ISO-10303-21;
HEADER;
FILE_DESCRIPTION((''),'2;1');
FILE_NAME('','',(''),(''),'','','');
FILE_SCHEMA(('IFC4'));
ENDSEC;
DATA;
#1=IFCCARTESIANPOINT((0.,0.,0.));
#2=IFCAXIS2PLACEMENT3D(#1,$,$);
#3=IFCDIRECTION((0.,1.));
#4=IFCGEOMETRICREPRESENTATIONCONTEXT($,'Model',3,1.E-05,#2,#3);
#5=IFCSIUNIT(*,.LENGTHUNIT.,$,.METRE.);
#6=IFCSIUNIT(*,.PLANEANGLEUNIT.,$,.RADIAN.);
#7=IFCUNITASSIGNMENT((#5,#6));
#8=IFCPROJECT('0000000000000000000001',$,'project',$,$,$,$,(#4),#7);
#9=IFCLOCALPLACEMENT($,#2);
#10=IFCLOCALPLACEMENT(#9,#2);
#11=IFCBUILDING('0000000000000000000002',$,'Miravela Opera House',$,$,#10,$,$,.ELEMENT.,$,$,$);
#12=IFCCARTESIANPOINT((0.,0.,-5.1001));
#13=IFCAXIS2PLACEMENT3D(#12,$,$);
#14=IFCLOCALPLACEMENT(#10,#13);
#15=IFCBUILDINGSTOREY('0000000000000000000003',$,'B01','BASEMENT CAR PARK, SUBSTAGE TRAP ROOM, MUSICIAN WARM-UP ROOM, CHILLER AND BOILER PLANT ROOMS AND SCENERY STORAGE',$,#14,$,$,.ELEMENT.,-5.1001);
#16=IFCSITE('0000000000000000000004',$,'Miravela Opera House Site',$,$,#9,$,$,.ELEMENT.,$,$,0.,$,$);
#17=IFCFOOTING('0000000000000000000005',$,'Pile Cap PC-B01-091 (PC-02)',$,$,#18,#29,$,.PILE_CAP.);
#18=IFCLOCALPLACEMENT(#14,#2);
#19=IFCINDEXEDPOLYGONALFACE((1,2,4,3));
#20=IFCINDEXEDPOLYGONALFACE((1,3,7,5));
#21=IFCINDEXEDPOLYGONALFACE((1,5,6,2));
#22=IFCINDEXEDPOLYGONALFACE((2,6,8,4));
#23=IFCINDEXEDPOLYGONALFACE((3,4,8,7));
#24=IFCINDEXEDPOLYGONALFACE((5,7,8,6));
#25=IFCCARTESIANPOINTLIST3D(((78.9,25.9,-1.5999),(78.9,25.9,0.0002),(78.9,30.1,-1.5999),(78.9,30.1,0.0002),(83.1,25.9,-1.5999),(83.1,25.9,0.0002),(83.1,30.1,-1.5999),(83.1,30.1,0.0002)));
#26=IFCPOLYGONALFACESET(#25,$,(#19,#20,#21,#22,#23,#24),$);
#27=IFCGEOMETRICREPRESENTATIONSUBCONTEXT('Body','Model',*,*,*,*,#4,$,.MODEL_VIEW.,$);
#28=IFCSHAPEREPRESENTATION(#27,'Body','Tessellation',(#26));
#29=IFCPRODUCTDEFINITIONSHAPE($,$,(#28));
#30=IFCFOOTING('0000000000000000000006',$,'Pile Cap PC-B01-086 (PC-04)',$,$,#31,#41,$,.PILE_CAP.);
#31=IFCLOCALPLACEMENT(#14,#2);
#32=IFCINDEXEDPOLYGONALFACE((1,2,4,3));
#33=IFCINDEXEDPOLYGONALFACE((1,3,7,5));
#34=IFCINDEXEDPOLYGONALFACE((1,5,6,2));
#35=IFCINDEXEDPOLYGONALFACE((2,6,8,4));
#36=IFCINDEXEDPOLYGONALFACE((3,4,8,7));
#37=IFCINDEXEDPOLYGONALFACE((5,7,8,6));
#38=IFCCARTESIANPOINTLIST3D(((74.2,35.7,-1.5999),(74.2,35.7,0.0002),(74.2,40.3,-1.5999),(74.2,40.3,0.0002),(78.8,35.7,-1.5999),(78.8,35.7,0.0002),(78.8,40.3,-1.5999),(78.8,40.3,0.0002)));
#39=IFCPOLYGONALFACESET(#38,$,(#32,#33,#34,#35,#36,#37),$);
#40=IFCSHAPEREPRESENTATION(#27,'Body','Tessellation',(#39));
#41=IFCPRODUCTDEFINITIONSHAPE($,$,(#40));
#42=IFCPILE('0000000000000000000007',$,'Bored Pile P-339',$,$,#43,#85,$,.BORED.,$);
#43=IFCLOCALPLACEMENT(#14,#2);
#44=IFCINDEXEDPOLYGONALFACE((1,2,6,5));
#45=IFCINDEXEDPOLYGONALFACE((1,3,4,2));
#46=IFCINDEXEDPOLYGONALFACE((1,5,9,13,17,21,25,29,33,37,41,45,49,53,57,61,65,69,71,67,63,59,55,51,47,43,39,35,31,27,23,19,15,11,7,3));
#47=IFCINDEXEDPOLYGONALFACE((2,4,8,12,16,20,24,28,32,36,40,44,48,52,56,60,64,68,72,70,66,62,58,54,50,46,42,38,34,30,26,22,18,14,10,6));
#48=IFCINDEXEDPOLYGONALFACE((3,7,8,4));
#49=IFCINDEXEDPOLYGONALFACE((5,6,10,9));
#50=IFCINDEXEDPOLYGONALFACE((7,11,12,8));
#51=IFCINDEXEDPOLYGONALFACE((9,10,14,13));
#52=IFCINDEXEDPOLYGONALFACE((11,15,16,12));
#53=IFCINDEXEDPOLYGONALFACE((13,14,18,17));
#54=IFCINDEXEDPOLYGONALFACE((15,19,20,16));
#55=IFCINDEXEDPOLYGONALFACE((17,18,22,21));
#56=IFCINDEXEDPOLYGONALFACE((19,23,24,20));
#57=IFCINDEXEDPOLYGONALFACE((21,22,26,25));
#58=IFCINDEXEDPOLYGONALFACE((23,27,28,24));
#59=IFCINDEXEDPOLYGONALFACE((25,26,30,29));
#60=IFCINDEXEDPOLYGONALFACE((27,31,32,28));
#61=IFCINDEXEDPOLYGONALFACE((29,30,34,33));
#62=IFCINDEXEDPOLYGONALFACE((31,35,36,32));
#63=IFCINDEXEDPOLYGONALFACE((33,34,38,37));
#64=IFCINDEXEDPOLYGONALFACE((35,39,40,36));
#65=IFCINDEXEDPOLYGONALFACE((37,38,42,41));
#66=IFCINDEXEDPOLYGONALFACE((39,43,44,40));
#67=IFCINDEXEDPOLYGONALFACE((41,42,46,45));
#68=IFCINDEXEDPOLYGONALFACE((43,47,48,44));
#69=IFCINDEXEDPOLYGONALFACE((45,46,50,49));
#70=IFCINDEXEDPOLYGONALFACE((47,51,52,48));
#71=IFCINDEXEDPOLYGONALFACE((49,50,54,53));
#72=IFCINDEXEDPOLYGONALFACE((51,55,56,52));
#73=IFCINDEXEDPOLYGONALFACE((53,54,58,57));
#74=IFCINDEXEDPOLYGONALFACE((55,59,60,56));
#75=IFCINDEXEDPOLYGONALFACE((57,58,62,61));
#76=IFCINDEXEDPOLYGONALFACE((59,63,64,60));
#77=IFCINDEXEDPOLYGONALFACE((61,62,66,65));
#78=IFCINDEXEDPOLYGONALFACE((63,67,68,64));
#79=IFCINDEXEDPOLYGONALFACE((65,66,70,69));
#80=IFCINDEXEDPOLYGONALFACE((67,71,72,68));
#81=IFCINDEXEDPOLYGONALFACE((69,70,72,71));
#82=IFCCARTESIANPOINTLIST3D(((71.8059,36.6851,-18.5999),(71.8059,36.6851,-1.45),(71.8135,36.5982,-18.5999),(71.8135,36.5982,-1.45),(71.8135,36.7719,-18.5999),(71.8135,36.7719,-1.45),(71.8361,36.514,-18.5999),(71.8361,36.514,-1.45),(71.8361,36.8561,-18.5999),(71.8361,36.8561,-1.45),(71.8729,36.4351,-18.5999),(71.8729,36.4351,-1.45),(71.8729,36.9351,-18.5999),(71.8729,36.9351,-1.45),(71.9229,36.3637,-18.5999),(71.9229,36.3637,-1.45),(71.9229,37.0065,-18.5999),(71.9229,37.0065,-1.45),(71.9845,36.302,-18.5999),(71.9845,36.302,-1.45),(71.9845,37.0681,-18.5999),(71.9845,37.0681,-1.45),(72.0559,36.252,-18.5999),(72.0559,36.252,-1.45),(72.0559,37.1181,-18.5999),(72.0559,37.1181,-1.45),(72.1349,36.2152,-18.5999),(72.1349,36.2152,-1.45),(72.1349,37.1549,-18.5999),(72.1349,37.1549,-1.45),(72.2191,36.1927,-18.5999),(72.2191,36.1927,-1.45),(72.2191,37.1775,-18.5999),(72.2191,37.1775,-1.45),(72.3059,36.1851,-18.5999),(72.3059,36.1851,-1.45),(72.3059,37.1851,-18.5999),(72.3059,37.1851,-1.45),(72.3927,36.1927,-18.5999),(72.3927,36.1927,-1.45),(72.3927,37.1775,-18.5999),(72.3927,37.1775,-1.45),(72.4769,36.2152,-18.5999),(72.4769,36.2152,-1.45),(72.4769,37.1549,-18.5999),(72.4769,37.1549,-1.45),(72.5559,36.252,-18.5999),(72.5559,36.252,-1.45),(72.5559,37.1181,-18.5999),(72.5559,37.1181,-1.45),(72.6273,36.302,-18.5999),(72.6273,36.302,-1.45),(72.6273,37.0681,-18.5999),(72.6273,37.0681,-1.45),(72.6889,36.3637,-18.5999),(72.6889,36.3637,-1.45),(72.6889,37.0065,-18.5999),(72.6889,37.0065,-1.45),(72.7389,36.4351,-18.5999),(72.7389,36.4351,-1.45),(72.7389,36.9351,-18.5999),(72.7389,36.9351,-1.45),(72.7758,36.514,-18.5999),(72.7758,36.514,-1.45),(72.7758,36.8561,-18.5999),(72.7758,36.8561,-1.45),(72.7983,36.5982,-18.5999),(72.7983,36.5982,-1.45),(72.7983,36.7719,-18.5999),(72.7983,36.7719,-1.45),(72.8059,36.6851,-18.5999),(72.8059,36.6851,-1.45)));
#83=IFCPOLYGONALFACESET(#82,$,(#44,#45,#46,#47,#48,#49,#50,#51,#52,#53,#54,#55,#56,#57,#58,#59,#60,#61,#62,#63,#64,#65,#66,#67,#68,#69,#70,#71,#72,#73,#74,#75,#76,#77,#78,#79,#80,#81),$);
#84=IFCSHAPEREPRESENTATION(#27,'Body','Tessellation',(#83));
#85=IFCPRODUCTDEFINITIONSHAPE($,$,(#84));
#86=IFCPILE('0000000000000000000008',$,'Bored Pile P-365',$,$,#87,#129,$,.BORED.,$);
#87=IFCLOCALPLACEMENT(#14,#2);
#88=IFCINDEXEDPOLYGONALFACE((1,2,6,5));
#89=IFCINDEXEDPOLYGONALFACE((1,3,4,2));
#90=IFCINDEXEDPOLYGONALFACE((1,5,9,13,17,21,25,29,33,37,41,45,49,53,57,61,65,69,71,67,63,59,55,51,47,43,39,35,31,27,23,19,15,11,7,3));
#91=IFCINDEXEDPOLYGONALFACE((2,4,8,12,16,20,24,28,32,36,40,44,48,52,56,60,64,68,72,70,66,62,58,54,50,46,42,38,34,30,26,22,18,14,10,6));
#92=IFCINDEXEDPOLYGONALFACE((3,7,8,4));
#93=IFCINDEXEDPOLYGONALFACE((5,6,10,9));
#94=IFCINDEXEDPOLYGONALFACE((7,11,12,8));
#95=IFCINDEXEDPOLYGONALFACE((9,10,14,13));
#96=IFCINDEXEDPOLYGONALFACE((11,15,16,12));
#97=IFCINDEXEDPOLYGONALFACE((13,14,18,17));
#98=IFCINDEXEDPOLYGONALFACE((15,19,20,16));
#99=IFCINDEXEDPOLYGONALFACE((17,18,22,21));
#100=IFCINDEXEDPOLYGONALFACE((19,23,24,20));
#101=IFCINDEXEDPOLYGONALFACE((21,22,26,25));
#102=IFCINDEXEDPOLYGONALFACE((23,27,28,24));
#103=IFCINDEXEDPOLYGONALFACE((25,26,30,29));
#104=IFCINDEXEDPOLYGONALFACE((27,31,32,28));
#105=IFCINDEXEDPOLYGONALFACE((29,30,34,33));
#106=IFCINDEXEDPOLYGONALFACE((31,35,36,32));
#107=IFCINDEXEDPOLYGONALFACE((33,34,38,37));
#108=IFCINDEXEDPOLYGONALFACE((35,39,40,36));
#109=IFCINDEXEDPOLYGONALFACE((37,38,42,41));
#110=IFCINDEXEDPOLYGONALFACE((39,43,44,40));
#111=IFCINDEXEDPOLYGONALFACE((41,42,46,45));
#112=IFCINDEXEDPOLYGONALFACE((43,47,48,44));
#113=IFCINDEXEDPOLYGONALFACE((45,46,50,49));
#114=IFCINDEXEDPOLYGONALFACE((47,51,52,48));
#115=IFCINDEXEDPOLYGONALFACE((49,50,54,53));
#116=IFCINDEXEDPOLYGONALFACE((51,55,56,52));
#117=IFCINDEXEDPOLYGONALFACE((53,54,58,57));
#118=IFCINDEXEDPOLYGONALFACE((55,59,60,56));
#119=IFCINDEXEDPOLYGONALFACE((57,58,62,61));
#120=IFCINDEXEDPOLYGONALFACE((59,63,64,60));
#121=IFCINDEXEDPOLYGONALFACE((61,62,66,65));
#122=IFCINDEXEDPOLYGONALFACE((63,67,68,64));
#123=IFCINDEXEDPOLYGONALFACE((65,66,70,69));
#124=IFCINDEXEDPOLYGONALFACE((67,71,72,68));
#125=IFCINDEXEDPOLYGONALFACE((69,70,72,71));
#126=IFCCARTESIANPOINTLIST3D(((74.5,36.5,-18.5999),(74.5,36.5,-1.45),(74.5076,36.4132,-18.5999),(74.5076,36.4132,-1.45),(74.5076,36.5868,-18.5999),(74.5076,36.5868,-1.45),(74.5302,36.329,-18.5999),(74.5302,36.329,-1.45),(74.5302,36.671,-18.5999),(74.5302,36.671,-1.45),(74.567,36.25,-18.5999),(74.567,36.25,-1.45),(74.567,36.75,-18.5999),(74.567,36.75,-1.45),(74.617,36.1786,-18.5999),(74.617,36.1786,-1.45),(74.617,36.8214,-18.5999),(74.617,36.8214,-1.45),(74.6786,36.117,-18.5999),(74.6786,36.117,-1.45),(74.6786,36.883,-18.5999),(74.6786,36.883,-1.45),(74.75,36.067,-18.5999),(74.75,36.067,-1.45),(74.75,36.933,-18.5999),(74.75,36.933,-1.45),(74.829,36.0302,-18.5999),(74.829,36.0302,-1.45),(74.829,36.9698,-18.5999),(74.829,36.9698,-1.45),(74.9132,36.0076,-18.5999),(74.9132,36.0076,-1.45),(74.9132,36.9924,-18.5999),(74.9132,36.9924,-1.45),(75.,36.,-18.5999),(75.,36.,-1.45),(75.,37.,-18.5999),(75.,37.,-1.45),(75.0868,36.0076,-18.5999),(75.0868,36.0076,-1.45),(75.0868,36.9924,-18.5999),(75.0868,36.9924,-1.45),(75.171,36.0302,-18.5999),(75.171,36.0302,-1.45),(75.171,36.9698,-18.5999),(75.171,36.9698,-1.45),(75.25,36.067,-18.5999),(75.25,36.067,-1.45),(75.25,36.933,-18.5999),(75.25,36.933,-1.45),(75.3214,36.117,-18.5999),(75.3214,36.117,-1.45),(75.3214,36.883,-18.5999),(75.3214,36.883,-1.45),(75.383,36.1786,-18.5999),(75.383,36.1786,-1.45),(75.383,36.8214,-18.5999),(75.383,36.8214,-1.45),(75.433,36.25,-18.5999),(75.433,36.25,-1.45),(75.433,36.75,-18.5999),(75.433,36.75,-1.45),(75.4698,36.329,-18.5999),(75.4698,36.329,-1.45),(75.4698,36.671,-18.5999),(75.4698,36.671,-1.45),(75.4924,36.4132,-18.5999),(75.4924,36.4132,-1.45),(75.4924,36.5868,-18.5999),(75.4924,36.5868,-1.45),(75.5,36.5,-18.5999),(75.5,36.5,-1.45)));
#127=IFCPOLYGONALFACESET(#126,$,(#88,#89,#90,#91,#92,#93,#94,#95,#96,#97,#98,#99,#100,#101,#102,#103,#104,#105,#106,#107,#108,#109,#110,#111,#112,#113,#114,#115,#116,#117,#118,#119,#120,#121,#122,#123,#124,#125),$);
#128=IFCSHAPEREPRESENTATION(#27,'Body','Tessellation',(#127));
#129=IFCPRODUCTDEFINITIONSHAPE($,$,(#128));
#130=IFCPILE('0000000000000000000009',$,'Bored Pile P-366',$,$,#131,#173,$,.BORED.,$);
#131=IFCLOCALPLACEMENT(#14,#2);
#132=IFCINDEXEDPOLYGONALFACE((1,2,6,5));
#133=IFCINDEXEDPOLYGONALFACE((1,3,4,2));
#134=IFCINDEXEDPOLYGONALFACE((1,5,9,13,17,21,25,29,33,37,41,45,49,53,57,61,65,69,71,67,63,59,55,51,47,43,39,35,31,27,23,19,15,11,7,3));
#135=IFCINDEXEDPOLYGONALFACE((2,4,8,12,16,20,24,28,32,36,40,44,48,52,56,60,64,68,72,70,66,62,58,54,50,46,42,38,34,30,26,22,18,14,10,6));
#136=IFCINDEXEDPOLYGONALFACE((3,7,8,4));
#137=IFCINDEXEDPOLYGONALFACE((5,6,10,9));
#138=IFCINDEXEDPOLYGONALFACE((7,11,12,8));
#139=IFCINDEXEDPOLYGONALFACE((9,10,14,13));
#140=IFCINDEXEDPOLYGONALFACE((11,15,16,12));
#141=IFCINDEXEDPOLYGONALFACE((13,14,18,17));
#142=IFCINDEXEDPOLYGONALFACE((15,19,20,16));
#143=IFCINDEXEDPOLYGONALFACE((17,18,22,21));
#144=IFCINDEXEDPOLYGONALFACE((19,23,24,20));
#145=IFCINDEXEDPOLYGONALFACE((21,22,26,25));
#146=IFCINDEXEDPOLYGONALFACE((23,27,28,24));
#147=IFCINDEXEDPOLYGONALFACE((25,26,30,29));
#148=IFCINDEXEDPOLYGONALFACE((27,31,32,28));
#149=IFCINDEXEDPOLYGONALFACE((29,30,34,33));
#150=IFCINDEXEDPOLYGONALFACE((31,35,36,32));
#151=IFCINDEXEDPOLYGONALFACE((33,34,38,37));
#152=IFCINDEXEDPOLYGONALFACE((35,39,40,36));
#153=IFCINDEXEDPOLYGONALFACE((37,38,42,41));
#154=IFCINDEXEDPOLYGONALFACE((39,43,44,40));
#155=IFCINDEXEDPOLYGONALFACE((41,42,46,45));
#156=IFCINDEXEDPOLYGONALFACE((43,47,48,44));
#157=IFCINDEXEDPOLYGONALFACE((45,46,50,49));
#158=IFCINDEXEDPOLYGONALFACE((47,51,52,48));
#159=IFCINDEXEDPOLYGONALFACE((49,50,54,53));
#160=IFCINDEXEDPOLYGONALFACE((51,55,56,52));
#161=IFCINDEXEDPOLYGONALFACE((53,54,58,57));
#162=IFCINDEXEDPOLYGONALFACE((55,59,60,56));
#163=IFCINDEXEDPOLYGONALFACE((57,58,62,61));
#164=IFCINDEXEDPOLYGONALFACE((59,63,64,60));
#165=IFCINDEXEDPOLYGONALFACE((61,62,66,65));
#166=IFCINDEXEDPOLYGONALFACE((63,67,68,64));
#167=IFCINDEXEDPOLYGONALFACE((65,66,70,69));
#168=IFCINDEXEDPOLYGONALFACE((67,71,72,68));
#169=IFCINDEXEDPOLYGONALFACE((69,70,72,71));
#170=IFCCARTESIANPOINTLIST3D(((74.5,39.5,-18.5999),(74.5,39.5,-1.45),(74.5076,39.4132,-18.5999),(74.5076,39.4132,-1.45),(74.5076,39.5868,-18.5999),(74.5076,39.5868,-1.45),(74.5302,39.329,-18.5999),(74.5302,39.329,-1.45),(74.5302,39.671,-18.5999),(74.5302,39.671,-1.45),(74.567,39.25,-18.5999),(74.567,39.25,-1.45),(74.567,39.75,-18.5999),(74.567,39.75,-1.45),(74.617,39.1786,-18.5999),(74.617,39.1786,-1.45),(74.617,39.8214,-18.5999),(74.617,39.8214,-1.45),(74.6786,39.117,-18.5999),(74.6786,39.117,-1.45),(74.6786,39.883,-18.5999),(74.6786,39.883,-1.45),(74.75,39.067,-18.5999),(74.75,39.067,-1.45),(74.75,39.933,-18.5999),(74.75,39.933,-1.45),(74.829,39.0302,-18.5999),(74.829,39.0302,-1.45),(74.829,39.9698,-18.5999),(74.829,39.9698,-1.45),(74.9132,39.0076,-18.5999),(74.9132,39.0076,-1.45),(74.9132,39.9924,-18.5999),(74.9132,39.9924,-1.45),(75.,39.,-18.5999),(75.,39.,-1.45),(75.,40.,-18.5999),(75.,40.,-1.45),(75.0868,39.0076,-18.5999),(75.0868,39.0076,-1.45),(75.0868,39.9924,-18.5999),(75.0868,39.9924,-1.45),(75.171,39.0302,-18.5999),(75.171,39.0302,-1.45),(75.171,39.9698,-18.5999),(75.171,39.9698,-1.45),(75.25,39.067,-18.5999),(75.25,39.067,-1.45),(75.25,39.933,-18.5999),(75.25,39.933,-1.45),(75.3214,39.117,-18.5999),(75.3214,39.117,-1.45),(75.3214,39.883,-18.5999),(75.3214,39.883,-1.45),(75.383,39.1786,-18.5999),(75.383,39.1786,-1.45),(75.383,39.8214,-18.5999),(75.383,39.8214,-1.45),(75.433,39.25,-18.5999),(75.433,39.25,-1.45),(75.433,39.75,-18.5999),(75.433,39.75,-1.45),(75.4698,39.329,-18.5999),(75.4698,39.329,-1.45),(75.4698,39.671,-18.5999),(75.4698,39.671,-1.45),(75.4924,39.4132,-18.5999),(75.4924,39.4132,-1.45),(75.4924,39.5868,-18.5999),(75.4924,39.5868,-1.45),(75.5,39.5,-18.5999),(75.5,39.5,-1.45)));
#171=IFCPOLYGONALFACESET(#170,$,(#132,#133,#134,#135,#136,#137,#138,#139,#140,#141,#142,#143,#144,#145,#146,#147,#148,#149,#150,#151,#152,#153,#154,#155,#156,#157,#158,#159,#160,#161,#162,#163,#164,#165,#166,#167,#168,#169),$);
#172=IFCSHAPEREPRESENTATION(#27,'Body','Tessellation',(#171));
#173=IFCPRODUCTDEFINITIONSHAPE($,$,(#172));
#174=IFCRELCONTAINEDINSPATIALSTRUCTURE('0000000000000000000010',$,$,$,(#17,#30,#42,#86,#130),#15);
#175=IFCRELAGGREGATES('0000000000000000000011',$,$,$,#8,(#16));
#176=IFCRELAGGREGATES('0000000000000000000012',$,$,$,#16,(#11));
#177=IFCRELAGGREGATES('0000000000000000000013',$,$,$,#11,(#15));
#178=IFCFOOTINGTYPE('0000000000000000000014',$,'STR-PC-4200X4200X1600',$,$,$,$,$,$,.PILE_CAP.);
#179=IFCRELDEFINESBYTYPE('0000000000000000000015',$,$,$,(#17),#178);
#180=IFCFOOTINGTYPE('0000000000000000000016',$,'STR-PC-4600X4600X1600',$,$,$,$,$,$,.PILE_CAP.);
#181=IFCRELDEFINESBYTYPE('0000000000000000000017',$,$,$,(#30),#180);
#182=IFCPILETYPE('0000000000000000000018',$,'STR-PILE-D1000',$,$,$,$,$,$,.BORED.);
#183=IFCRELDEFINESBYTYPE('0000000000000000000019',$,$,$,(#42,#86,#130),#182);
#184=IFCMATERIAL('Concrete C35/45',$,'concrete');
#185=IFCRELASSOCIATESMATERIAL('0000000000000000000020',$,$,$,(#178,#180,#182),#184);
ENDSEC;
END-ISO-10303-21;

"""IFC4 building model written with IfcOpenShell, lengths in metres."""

from ifc_helpers import new_model, si_unit, direction, frame, origin, origin_2d, place, context, subcontext, project, spatial, rectangle, circle, extrude, material, material_profile, profile_set, type_object, element, save


model = new_model("IFC4")

# Units and contexts
model_context = context("Model", 3, precision=1e-05, world=origin(), true_north=direction((0.0, 1.0)))
body_context = subcontext(model_context, "Body", "Model", "MODEL_VIEW")
ifc_project = project(units=[si_unit("LENGTHUNIT", "METRE"), si_unit("PLANEANGLEUNIT", "RADIAN")], contexts=[model_context])

# Site, building, storey
site_placement = place(None, origin())
site = spatial("IfcSite", under=ifc_project, at=site_placement, Name="Miravela Opera House Site", CompositionType="ELEMENT", RefElevation=0.0)
building_placement = place(site_placement, origin())
building = spatial("IfcBuilding", under=site, at=building_placement, Name="Miravela Opera House", CompositionType="ELEMENT")
storey_placement = place(building_placement, frame((0.0, 0.0, -5.1001)))
storey = spatial("IfcBuildingStorey", under=building, at=storey_placement, Name="B01", Description="BASEMENT CAR PARK, SUBSTAGE TRAP ROOM, MUSICIAN WARM-UP ROOM, CHILLER AND BOILER PLANT ROOMS AND SCENERY STORAGE", CompositionType="ELEMENT", Elevation=-5.1001)

# Footings
ifc_material_1 = material(Name="Concrete C35/45", Category="concrete")
footing_type_1 = type_object("IfcFootingType", Name="STR-PC-4200X4200X1600", PredefinedType="PILE_CAP", material=ifc_material_1)
footing_1_placement = place(storey_placement, frame((81.0, 28.0, -1.5999), z_axis=(0.0, 0.0, 1.0), x_axis=(1.0, 0.0, 0.0)))
element("IfcFooting", 1, at=footing_1_placement, inside=storey, type_object=footing_type_1, Name="Pile Cap PC-B01-091 (PC-02)", PredefinedType="PILE_CAP", context=body_context, shape_type="SweptSolid", body=[
    extrude(rectangle(XDim=4.2, YDim=4.2, at=origin_2d()), origin(), (0.0, 0.0, 1.0), 1.6001),
])
footing_type_2 = type_object("IfcFootingType", Name="STR-PC-4600X4600X1600", PredefinedType="PILE_CAP", material=ifc_material_1)
footing_2_placement = place(storey_placement, frame((76.5, 38.0, -1.5999), z_axis=(0.0, 0.0, 1.0), x_axis=(1.0, 0.0, 0.0)))
element("IfcFooting", 2, at=footing_2_placement, inside=storey, type_object=footing_type_2, Name="Pile Cap PC-B01-086 (PC-04)", PredefinedType="PILE_CAP", context=body_context, shape_type="SweptSolid", body=[
    extrude(rectangle(XDim=4.6001, YDim=4.6001, at=origin_2d()), origin(), (0.0, 0.0, 1.0), 1.6001),
])

# Piles
ifc_material_profile_1 = material_profile(ifc_material_1, circle(Radius=0.5, at=origin_2d()), Name="PILE-D1000")
ifc_profile_set_1 = profile_set([ifc_material_profile_1])
pile_type_1 = type_object("IfcPileType", Name="STR-PILE-D1000", PredefinedType="BORED", material=ifc_profile_set_1)
for number, where, z_axis, x_axis, name in (
    (3, (72.3059, 36.6851, -1.45), (0.0, 0.0, -1.0), (1.0, 0.0, 0.0), "Bored Pile P-339"),
    (4, (75.0, 36.5, -1.45), (0.0, 0.0, -1.0), (1.0, 0.0, 0.0), "Bored Pile P-365"),
    (5, (75.0, 39.5, -1.45), (0.0, 0.0, -1.0), (1.0, 0.0, 0.0), "Bored Pile P-366"),
):
    element("IfcPile", number, at=place(storey_placement, frame(where, z_axis=z_axis, x_axis=x_axis)), inside=storey, type_object=pile_type_1, Name=name, PredefinedType="BORED", context=body_context, shape_type="SweptSolid", body=[
        extrude(circle(Radius=0.5, at=origin_2d()), origin(), (0.0, 0.0, 1.0), 17.1499),
    ])

save(model, "model.ifc")
